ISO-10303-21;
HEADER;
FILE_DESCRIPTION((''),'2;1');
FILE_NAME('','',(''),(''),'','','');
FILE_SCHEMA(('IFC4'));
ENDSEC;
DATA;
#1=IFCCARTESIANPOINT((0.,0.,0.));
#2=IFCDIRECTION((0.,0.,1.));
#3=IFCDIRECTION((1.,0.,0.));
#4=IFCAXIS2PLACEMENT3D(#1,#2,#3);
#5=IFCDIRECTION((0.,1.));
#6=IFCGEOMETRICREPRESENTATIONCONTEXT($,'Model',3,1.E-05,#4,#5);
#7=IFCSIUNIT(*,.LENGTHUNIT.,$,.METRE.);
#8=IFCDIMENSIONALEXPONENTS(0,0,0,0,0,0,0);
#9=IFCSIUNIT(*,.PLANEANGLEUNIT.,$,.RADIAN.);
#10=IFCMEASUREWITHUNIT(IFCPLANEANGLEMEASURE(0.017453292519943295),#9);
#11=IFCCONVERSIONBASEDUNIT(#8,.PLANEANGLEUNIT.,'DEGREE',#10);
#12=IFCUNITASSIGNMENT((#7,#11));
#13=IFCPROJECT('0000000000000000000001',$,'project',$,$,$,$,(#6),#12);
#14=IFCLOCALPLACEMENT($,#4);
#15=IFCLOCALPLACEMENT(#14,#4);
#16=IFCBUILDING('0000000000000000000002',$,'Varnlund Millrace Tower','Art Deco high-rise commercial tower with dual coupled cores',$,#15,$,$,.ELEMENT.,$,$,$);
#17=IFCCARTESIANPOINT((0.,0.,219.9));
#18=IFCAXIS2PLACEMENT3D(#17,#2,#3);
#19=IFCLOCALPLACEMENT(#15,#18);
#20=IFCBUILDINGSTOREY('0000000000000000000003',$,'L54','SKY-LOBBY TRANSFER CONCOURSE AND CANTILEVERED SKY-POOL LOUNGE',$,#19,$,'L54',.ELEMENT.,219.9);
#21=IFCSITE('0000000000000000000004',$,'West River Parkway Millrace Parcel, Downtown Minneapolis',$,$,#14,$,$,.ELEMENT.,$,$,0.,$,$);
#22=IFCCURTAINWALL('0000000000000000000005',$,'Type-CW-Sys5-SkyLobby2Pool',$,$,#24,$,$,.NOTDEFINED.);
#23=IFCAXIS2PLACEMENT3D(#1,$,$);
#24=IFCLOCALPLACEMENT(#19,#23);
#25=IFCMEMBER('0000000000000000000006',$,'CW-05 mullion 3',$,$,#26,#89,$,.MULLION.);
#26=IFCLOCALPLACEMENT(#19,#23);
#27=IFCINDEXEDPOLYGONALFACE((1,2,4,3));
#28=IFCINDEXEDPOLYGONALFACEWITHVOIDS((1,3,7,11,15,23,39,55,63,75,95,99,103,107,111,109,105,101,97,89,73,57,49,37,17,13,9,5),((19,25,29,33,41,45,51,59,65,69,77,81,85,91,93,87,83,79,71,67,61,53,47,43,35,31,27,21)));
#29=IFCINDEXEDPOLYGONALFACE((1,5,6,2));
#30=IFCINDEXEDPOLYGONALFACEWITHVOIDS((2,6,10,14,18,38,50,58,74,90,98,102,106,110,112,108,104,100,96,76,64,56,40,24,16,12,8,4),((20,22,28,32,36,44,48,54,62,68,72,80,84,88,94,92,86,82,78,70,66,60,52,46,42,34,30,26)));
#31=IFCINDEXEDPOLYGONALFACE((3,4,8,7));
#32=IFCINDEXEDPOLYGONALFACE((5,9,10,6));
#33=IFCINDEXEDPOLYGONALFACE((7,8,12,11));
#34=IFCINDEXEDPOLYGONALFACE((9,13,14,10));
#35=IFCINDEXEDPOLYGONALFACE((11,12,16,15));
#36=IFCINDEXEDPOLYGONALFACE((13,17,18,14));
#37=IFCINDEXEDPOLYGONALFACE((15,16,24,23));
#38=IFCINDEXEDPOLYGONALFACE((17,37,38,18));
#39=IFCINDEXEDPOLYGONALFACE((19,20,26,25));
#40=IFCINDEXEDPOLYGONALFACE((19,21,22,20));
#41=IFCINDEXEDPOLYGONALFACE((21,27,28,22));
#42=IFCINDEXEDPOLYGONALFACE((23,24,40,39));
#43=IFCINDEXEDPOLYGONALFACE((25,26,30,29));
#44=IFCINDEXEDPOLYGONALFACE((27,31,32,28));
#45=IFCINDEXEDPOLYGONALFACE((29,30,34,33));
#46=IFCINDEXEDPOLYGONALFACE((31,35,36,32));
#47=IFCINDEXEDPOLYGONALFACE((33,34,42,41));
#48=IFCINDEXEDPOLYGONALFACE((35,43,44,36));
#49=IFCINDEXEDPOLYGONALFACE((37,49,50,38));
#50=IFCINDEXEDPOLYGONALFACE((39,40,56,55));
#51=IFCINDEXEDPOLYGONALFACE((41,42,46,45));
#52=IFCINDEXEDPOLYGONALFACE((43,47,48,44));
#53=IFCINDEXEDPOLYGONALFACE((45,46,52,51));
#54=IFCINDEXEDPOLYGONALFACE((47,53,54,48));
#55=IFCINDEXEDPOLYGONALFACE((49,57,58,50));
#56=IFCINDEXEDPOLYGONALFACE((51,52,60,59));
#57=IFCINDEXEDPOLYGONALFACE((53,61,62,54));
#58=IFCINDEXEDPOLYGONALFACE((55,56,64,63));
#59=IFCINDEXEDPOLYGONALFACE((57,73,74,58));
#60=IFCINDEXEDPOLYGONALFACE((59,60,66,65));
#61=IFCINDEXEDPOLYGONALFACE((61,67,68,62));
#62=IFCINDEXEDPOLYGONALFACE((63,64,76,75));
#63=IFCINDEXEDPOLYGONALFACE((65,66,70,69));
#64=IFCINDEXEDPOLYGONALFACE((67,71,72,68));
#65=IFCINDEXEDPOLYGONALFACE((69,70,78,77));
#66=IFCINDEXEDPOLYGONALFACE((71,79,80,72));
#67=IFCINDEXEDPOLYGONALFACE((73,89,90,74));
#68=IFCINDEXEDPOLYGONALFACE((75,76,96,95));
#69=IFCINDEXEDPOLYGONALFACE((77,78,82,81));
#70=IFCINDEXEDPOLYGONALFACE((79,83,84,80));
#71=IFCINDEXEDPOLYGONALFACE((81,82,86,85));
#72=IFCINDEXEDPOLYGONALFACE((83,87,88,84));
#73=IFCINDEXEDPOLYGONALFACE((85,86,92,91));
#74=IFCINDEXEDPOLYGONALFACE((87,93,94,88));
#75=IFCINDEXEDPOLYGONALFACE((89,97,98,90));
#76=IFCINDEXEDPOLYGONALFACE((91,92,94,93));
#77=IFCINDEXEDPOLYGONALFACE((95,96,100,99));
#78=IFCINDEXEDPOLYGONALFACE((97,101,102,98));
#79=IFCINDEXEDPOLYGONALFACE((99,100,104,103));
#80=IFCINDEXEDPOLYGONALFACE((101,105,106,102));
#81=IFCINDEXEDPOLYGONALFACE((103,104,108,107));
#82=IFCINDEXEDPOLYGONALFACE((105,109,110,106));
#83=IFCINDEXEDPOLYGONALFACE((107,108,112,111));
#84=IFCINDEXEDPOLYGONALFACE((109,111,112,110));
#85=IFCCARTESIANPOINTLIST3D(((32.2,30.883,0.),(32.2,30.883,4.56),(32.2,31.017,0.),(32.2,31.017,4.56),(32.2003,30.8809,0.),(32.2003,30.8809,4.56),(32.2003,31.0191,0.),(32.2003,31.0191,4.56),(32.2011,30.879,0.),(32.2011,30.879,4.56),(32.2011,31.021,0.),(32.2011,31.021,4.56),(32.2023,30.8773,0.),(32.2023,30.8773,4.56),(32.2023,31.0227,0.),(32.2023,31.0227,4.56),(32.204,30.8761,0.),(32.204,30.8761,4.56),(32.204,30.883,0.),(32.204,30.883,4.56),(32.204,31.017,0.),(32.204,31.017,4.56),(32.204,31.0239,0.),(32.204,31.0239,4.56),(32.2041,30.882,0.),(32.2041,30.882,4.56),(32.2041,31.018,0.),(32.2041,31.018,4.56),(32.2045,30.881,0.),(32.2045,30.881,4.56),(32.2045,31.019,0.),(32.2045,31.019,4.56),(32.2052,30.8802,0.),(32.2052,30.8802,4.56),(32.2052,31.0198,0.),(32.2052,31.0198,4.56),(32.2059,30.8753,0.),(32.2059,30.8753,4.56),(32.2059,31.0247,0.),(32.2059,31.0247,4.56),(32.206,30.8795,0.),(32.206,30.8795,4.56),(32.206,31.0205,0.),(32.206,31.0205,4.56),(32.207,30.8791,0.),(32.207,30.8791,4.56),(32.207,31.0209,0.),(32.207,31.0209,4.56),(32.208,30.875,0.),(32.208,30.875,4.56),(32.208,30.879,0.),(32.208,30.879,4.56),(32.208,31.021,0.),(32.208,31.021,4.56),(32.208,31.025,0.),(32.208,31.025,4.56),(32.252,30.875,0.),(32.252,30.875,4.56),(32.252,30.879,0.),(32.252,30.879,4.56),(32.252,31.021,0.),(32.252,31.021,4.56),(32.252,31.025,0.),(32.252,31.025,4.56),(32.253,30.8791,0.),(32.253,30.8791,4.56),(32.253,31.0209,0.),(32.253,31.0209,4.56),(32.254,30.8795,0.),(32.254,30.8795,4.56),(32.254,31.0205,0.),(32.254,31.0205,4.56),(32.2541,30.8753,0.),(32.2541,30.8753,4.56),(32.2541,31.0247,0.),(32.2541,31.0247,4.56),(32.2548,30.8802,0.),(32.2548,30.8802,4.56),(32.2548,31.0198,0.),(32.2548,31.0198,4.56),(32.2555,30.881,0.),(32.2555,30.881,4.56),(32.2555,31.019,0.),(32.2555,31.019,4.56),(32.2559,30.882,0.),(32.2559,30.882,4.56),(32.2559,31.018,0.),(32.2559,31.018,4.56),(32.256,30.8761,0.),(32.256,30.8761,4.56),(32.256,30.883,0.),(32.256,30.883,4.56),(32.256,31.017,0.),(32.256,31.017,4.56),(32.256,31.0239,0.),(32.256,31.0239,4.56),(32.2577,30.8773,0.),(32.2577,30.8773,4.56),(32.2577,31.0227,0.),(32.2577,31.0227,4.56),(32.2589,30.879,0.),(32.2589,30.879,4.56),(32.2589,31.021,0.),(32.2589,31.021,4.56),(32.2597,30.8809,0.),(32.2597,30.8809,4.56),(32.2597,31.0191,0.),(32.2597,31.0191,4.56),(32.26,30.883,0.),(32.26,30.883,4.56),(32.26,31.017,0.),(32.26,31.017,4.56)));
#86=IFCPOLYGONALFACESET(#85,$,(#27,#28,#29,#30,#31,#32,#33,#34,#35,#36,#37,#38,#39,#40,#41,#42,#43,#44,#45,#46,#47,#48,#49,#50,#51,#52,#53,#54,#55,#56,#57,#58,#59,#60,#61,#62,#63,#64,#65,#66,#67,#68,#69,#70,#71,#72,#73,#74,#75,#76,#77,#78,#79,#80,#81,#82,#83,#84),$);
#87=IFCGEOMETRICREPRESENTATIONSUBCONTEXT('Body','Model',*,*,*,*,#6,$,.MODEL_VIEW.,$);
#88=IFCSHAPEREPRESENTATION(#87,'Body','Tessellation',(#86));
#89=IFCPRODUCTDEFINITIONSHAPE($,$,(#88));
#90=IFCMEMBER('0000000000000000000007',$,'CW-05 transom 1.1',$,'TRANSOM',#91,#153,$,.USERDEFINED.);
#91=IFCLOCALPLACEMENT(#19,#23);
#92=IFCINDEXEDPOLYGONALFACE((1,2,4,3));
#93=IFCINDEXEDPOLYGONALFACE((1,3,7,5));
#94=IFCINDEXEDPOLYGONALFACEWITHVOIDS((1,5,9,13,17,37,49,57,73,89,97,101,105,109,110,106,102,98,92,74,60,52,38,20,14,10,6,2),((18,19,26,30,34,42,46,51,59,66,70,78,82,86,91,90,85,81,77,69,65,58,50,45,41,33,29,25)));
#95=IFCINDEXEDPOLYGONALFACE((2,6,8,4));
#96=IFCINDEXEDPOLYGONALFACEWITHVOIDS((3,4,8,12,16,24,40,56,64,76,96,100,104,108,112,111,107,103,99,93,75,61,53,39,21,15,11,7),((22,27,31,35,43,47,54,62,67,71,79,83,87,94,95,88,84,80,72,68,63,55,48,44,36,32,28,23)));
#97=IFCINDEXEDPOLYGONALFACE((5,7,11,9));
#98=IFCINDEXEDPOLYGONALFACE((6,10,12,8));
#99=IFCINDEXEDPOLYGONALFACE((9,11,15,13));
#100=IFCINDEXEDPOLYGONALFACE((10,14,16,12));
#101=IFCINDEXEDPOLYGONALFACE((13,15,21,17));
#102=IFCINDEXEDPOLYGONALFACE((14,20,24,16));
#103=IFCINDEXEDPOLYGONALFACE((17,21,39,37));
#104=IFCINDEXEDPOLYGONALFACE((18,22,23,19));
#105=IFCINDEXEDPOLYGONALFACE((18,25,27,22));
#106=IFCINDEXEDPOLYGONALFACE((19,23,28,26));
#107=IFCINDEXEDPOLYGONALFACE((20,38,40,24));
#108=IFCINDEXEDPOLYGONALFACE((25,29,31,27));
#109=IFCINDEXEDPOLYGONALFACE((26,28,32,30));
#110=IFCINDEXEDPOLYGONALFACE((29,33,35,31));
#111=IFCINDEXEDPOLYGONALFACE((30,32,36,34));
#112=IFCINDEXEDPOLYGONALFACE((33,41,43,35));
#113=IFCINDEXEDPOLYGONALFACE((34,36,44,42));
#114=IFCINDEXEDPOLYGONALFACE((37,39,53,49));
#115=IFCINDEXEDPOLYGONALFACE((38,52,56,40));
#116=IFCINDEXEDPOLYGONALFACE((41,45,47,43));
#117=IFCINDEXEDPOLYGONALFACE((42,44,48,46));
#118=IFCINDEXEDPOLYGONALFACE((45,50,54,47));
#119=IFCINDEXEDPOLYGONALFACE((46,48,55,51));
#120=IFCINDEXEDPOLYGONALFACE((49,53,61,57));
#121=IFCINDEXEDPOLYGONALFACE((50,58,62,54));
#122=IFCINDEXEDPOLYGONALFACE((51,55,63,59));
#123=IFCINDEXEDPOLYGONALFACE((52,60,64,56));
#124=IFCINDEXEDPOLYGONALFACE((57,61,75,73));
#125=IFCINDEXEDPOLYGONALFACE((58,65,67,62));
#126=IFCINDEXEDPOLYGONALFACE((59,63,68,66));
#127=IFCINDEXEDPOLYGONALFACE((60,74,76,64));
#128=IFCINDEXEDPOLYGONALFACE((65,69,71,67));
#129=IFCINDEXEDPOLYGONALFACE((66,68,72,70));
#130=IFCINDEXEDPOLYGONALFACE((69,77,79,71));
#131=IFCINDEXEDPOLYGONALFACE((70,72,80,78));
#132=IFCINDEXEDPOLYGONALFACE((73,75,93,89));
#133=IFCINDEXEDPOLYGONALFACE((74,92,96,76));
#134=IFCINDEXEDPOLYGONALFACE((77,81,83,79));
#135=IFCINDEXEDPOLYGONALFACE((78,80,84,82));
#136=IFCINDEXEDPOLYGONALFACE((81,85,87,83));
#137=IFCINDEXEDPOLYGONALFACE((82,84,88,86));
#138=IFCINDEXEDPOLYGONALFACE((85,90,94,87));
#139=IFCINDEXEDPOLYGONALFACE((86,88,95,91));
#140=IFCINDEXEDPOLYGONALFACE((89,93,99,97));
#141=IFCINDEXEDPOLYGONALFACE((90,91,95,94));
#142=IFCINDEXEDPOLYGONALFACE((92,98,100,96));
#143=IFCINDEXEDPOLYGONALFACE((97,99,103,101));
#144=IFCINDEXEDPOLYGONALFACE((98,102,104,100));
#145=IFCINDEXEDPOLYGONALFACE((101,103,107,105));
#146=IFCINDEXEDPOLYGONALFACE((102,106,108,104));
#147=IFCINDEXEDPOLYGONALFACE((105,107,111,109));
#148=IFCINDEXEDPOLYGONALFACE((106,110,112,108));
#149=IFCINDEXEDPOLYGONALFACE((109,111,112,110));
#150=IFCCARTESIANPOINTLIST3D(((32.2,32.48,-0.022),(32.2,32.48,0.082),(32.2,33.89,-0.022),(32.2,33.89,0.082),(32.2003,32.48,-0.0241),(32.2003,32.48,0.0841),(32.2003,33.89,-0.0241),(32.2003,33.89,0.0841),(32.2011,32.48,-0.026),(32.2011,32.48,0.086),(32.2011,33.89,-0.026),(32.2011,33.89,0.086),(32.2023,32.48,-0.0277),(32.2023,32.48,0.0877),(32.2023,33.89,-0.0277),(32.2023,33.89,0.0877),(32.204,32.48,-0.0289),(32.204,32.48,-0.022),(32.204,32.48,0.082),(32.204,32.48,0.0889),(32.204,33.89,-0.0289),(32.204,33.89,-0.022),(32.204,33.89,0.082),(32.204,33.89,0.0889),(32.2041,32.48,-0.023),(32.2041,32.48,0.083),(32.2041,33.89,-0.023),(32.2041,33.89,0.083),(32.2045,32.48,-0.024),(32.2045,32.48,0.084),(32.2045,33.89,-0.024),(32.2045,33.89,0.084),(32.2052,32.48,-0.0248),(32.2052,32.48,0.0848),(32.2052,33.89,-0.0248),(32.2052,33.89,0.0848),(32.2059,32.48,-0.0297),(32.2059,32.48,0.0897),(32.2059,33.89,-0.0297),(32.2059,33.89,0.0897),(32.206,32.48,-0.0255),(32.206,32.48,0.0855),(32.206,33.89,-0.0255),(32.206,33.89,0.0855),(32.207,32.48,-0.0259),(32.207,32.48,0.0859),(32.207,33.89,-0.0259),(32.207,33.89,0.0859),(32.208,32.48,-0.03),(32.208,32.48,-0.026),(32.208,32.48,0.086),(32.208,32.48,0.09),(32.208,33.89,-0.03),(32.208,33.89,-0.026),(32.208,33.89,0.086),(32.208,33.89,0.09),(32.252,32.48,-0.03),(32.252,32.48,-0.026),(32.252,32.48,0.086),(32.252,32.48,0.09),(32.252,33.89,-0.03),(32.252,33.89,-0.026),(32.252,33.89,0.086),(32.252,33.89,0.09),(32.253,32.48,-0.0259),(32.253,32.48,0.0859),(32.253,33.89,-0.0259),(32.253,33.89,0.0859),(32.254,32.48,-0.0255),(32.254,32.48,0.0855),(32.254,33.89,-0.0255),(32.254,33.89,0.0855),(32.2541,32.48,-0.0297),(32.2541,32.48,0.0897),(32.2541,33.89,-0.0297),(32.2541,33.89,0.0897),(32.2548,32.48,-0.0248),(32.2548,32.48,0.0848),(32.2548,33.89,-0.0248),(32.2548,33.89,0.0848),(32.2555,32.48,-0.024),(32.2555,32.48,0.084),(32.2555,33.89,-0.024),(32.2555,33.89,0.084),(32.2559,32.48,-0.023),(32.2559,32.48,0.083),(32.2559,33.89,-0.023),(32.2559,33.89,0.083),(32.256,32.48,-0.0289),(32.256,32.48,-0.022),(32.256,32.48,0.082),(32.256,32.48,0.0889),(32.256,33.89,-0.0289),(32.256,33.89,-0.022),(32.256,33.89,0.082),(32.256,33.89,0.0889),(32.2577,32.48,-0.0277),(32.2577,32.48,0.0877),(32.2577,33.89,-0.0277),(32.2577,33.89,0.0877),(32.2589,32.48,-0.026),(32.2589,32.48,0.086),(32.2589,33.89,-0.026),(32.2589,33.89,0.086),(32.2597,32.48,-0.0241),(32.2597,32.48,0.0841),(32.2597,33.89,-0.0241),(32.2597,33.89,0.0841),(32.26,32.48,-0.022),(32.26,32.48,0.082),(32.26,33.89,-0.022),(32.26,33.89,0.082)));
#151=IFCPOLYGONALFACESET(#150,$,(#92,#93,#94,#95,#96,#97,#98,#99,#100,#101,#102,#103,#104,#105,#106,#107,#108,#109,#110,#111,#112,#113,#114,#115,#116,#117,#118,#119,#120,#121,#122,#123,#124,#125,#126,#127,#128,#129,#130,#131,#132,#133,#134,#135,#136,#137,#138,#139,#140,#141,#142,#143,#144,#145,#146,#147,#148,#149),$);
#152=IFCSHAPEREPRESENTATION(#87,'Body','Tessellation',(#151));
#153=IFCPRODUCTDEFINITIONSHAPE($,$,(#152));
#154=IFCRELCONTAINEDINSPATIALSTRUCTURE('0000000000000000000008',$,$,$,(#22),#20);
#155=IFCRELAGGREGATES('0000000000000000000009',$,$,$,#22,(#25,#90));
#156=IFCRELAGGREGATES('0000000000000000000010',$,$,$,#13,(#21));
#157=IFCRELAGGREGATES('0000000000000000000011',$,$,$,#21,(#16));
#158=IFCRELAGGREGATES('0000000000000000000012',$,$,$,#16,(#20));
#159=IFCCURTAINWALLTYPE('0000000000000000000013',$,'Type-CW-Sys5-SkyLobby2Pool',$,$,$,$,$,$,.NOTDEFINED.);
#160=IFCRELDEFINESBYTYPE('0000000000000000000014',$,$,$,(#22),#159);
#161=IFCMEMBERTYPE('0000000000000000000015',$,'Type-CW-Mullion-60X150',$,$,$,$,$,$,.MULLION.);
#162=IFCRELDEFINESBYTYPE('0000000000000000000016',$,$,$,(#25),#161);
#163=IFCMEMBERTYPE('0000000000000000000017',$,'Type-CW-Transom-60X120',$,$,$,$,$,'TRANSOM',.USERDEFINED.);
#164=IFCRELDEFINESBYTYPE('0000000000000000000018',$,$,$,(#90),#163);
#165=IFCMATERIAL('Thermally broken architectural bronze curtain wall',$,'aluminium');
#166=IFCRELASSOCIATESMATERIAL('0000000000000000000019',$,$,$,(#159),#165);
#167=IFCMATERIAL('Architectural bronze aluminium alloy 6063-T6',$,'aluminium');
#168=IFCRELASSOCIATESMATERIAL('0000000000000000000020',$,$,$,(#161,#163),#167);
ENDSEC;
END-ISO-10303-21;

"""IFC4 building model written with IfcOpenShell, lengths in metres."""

from ifc_helpers import new_model, entity, si_unit, converted_unit, direction, frame, origin_with_axes, origin_2d_with_axis, place, context, subcontext, project, spatial, hollow_rectangle, extrude, material, material_profile, profile_set, type_object, element, aggregate, save


model = new_model("IFC4")

# Units and contexts
model_context = context("Model", 3, precision=1e-05, world=origin_with_axes(), true_north=direction((0.0, 1.0)))
body_context = subcontext(model_context, "Body", "Model", "MODEL_VIEW")
ifc_project = project(units=[si_unit("LENGTHUNIT", "METRE"), converted_unit("PLANEANGLEUNIT", "DEGREE", entity("IfcPlaneAngleMeasure", 0.017453292519943295), si_unit("PLANEANGLEUNIT", "RADIAN"), dimensions=[0, 0, 0, 0, 0, 0, 0])], contexts=[model_context])

# Site, building, storey
site_placement = place(None, origin_with_axes())
site = spatial("IfcSite", under=ifc_project, at=site_placement, Name="West River Parkway Millrace Parcel, Downtown Minneapolis", CompositionType="ELEMENT", RefElevation=0.0)
building_placement = place(site_placement, origin_with_axes())
building = spatial("IfcBuilding", under=site, at=building_placement, Name="Varnlund Millrace Tower", Description="Art Deco high-rise commercial tower with dual coupled cores", CompositionType="ELEMENT")
storey_placement = place(building_placement, frame((0.0, 0.0, 219.9), z_axis=(0.0, 0.0, 1.0), x_axis=(1.0, 0.0, 0.0)))
storey = spatial("IfcBuildingStorey", under=building, at=storey_placement, Name="L54", Description="SKY-LOBBY TRANSFER CONCOURSE AND CANTILEVERED SKY-POOL LOUNGE", LongName="L54", CompositionType="ELEMENT", Elevation=219.9)

# Curtain wall, members
ifc_material_1 = material(Name="Thermally broken architectural bronze curtain wall", Category="aluminium")
curtain_wall_type = type_object("IfcCurtainWallType", Name="Type-CW-Sys5-SkyLobby2Pool", PredefinedType="NOTDEFINED", material=ifc_material_1)
curtain_wall_placement = place(storey_placement, frame((32.23, 33.95, 0.0), z_axis=(0.0, 0.0, 1.0), x_axis=(1.0, 0.0, 0.0)))
curtain_wall = element("IfcCurtainWall", 1, at=curtain_wall_placement, inside=storey, type_object=curtain_wall_type, Name="Type-CW-Sys5-SkyLobby2Pool", PredefinedType="NOTDEFINED")
ifc_material_2 = material(Name="Architectural bronze aluminium alloy 6063-T6", Category="aluminium")
ifc_material_profile_1 = material_profile(ifc_material_2, hollow_rectangle(XDim=0.06, YDim=0.15, WallThickness=0.004, InnerFilletRadius=0.004, OuterFilletRadius=0.008, at=origin_2d_with_axis()), Name="Architectural bronze aluminium alloy 6063-T6")
ifc_profile_set_1 = profile_set([ifc_material_profile_1], Name="Architectural bronze aluminium alloy 6063-T6")
member_type_1 = type_object("IfcMemberType", Name="Type-CW-Mullion-60X150", PredefinedType="MULLION", material=ifc_profile_set_1)
member_1_placement = place(storey_placement, frame((32.23, 30.95, 0.0), z_axis=(0.0, 0.0, 1.0), x_axis=(1.0, 0.0, 0.0)))
member_1 = element("IfcMember", 2, at=member_1_placement, type_object=member_type_1, Name="CW-05 mullion 3", PredefinedType="MULLION", context=body_context, shape_type="SweptSolid", body=[
    extrude(hollow_rectangle(XDim=0.06, YDim=0.15, WallThickness=0.004, InnerFilletRadius=0.004, OuterFilletRadius=0.008, at=origin_2d_with_axis()), origin_with_axes(), (0.0, 0.0, 1.0), 4.56),
])
ifc_material_profile_2 = material_profile(ifc_material_2, hollow_rectangle(XDim=0.06, YDim=0.12, WallThickness=0.004, InnerFilletRadius=0.004, OuterFilletRadius=0.008, at=origin_2d_with_axis()), Name="Architectural bronze aluminium alloy 6063-T6")
ifc_profile_set_2 = profile_set([ifc_material_profile_2], Name="Architectural bronze aluminium alloy 6063-T6")
member_type_2 = type_object("IfcMemberType", Name="Type-CW-Transom-60X120", ElementType="TRANSOM", PredefinedType="USERDEFINED", material=ifc_profile_set_2)
member_2_placement = place(storey_placement, frame((32.23, 33.89, 0.03), z_axis=(0.0, -1.0, 0.0), x_axis=(1.0, 0.0, 0.0)))
member_2 = element("IfcMember", 3, at=member_2_placement, type_object=member_type_2, Name="CW-05 transom 1.1", ObjectType="TRANSOM", PredefinedType="USERDEFINED", context=body_context, shape_type="SweptSolid", body=[
    extrude(hollow_rectangle(XDim=0.06, YDim=0.12, WallThickness=0.004, InnerFilletRadius=0.004, OuterFilletRadius=0.008, at=origin_2d_with_axis()), origin_with_axes(), (0.0, 0.0, 1.0), 1.41),
])
aggregate(curtain_wall, [member_1, member_2])

save(model, "model.ifc")
